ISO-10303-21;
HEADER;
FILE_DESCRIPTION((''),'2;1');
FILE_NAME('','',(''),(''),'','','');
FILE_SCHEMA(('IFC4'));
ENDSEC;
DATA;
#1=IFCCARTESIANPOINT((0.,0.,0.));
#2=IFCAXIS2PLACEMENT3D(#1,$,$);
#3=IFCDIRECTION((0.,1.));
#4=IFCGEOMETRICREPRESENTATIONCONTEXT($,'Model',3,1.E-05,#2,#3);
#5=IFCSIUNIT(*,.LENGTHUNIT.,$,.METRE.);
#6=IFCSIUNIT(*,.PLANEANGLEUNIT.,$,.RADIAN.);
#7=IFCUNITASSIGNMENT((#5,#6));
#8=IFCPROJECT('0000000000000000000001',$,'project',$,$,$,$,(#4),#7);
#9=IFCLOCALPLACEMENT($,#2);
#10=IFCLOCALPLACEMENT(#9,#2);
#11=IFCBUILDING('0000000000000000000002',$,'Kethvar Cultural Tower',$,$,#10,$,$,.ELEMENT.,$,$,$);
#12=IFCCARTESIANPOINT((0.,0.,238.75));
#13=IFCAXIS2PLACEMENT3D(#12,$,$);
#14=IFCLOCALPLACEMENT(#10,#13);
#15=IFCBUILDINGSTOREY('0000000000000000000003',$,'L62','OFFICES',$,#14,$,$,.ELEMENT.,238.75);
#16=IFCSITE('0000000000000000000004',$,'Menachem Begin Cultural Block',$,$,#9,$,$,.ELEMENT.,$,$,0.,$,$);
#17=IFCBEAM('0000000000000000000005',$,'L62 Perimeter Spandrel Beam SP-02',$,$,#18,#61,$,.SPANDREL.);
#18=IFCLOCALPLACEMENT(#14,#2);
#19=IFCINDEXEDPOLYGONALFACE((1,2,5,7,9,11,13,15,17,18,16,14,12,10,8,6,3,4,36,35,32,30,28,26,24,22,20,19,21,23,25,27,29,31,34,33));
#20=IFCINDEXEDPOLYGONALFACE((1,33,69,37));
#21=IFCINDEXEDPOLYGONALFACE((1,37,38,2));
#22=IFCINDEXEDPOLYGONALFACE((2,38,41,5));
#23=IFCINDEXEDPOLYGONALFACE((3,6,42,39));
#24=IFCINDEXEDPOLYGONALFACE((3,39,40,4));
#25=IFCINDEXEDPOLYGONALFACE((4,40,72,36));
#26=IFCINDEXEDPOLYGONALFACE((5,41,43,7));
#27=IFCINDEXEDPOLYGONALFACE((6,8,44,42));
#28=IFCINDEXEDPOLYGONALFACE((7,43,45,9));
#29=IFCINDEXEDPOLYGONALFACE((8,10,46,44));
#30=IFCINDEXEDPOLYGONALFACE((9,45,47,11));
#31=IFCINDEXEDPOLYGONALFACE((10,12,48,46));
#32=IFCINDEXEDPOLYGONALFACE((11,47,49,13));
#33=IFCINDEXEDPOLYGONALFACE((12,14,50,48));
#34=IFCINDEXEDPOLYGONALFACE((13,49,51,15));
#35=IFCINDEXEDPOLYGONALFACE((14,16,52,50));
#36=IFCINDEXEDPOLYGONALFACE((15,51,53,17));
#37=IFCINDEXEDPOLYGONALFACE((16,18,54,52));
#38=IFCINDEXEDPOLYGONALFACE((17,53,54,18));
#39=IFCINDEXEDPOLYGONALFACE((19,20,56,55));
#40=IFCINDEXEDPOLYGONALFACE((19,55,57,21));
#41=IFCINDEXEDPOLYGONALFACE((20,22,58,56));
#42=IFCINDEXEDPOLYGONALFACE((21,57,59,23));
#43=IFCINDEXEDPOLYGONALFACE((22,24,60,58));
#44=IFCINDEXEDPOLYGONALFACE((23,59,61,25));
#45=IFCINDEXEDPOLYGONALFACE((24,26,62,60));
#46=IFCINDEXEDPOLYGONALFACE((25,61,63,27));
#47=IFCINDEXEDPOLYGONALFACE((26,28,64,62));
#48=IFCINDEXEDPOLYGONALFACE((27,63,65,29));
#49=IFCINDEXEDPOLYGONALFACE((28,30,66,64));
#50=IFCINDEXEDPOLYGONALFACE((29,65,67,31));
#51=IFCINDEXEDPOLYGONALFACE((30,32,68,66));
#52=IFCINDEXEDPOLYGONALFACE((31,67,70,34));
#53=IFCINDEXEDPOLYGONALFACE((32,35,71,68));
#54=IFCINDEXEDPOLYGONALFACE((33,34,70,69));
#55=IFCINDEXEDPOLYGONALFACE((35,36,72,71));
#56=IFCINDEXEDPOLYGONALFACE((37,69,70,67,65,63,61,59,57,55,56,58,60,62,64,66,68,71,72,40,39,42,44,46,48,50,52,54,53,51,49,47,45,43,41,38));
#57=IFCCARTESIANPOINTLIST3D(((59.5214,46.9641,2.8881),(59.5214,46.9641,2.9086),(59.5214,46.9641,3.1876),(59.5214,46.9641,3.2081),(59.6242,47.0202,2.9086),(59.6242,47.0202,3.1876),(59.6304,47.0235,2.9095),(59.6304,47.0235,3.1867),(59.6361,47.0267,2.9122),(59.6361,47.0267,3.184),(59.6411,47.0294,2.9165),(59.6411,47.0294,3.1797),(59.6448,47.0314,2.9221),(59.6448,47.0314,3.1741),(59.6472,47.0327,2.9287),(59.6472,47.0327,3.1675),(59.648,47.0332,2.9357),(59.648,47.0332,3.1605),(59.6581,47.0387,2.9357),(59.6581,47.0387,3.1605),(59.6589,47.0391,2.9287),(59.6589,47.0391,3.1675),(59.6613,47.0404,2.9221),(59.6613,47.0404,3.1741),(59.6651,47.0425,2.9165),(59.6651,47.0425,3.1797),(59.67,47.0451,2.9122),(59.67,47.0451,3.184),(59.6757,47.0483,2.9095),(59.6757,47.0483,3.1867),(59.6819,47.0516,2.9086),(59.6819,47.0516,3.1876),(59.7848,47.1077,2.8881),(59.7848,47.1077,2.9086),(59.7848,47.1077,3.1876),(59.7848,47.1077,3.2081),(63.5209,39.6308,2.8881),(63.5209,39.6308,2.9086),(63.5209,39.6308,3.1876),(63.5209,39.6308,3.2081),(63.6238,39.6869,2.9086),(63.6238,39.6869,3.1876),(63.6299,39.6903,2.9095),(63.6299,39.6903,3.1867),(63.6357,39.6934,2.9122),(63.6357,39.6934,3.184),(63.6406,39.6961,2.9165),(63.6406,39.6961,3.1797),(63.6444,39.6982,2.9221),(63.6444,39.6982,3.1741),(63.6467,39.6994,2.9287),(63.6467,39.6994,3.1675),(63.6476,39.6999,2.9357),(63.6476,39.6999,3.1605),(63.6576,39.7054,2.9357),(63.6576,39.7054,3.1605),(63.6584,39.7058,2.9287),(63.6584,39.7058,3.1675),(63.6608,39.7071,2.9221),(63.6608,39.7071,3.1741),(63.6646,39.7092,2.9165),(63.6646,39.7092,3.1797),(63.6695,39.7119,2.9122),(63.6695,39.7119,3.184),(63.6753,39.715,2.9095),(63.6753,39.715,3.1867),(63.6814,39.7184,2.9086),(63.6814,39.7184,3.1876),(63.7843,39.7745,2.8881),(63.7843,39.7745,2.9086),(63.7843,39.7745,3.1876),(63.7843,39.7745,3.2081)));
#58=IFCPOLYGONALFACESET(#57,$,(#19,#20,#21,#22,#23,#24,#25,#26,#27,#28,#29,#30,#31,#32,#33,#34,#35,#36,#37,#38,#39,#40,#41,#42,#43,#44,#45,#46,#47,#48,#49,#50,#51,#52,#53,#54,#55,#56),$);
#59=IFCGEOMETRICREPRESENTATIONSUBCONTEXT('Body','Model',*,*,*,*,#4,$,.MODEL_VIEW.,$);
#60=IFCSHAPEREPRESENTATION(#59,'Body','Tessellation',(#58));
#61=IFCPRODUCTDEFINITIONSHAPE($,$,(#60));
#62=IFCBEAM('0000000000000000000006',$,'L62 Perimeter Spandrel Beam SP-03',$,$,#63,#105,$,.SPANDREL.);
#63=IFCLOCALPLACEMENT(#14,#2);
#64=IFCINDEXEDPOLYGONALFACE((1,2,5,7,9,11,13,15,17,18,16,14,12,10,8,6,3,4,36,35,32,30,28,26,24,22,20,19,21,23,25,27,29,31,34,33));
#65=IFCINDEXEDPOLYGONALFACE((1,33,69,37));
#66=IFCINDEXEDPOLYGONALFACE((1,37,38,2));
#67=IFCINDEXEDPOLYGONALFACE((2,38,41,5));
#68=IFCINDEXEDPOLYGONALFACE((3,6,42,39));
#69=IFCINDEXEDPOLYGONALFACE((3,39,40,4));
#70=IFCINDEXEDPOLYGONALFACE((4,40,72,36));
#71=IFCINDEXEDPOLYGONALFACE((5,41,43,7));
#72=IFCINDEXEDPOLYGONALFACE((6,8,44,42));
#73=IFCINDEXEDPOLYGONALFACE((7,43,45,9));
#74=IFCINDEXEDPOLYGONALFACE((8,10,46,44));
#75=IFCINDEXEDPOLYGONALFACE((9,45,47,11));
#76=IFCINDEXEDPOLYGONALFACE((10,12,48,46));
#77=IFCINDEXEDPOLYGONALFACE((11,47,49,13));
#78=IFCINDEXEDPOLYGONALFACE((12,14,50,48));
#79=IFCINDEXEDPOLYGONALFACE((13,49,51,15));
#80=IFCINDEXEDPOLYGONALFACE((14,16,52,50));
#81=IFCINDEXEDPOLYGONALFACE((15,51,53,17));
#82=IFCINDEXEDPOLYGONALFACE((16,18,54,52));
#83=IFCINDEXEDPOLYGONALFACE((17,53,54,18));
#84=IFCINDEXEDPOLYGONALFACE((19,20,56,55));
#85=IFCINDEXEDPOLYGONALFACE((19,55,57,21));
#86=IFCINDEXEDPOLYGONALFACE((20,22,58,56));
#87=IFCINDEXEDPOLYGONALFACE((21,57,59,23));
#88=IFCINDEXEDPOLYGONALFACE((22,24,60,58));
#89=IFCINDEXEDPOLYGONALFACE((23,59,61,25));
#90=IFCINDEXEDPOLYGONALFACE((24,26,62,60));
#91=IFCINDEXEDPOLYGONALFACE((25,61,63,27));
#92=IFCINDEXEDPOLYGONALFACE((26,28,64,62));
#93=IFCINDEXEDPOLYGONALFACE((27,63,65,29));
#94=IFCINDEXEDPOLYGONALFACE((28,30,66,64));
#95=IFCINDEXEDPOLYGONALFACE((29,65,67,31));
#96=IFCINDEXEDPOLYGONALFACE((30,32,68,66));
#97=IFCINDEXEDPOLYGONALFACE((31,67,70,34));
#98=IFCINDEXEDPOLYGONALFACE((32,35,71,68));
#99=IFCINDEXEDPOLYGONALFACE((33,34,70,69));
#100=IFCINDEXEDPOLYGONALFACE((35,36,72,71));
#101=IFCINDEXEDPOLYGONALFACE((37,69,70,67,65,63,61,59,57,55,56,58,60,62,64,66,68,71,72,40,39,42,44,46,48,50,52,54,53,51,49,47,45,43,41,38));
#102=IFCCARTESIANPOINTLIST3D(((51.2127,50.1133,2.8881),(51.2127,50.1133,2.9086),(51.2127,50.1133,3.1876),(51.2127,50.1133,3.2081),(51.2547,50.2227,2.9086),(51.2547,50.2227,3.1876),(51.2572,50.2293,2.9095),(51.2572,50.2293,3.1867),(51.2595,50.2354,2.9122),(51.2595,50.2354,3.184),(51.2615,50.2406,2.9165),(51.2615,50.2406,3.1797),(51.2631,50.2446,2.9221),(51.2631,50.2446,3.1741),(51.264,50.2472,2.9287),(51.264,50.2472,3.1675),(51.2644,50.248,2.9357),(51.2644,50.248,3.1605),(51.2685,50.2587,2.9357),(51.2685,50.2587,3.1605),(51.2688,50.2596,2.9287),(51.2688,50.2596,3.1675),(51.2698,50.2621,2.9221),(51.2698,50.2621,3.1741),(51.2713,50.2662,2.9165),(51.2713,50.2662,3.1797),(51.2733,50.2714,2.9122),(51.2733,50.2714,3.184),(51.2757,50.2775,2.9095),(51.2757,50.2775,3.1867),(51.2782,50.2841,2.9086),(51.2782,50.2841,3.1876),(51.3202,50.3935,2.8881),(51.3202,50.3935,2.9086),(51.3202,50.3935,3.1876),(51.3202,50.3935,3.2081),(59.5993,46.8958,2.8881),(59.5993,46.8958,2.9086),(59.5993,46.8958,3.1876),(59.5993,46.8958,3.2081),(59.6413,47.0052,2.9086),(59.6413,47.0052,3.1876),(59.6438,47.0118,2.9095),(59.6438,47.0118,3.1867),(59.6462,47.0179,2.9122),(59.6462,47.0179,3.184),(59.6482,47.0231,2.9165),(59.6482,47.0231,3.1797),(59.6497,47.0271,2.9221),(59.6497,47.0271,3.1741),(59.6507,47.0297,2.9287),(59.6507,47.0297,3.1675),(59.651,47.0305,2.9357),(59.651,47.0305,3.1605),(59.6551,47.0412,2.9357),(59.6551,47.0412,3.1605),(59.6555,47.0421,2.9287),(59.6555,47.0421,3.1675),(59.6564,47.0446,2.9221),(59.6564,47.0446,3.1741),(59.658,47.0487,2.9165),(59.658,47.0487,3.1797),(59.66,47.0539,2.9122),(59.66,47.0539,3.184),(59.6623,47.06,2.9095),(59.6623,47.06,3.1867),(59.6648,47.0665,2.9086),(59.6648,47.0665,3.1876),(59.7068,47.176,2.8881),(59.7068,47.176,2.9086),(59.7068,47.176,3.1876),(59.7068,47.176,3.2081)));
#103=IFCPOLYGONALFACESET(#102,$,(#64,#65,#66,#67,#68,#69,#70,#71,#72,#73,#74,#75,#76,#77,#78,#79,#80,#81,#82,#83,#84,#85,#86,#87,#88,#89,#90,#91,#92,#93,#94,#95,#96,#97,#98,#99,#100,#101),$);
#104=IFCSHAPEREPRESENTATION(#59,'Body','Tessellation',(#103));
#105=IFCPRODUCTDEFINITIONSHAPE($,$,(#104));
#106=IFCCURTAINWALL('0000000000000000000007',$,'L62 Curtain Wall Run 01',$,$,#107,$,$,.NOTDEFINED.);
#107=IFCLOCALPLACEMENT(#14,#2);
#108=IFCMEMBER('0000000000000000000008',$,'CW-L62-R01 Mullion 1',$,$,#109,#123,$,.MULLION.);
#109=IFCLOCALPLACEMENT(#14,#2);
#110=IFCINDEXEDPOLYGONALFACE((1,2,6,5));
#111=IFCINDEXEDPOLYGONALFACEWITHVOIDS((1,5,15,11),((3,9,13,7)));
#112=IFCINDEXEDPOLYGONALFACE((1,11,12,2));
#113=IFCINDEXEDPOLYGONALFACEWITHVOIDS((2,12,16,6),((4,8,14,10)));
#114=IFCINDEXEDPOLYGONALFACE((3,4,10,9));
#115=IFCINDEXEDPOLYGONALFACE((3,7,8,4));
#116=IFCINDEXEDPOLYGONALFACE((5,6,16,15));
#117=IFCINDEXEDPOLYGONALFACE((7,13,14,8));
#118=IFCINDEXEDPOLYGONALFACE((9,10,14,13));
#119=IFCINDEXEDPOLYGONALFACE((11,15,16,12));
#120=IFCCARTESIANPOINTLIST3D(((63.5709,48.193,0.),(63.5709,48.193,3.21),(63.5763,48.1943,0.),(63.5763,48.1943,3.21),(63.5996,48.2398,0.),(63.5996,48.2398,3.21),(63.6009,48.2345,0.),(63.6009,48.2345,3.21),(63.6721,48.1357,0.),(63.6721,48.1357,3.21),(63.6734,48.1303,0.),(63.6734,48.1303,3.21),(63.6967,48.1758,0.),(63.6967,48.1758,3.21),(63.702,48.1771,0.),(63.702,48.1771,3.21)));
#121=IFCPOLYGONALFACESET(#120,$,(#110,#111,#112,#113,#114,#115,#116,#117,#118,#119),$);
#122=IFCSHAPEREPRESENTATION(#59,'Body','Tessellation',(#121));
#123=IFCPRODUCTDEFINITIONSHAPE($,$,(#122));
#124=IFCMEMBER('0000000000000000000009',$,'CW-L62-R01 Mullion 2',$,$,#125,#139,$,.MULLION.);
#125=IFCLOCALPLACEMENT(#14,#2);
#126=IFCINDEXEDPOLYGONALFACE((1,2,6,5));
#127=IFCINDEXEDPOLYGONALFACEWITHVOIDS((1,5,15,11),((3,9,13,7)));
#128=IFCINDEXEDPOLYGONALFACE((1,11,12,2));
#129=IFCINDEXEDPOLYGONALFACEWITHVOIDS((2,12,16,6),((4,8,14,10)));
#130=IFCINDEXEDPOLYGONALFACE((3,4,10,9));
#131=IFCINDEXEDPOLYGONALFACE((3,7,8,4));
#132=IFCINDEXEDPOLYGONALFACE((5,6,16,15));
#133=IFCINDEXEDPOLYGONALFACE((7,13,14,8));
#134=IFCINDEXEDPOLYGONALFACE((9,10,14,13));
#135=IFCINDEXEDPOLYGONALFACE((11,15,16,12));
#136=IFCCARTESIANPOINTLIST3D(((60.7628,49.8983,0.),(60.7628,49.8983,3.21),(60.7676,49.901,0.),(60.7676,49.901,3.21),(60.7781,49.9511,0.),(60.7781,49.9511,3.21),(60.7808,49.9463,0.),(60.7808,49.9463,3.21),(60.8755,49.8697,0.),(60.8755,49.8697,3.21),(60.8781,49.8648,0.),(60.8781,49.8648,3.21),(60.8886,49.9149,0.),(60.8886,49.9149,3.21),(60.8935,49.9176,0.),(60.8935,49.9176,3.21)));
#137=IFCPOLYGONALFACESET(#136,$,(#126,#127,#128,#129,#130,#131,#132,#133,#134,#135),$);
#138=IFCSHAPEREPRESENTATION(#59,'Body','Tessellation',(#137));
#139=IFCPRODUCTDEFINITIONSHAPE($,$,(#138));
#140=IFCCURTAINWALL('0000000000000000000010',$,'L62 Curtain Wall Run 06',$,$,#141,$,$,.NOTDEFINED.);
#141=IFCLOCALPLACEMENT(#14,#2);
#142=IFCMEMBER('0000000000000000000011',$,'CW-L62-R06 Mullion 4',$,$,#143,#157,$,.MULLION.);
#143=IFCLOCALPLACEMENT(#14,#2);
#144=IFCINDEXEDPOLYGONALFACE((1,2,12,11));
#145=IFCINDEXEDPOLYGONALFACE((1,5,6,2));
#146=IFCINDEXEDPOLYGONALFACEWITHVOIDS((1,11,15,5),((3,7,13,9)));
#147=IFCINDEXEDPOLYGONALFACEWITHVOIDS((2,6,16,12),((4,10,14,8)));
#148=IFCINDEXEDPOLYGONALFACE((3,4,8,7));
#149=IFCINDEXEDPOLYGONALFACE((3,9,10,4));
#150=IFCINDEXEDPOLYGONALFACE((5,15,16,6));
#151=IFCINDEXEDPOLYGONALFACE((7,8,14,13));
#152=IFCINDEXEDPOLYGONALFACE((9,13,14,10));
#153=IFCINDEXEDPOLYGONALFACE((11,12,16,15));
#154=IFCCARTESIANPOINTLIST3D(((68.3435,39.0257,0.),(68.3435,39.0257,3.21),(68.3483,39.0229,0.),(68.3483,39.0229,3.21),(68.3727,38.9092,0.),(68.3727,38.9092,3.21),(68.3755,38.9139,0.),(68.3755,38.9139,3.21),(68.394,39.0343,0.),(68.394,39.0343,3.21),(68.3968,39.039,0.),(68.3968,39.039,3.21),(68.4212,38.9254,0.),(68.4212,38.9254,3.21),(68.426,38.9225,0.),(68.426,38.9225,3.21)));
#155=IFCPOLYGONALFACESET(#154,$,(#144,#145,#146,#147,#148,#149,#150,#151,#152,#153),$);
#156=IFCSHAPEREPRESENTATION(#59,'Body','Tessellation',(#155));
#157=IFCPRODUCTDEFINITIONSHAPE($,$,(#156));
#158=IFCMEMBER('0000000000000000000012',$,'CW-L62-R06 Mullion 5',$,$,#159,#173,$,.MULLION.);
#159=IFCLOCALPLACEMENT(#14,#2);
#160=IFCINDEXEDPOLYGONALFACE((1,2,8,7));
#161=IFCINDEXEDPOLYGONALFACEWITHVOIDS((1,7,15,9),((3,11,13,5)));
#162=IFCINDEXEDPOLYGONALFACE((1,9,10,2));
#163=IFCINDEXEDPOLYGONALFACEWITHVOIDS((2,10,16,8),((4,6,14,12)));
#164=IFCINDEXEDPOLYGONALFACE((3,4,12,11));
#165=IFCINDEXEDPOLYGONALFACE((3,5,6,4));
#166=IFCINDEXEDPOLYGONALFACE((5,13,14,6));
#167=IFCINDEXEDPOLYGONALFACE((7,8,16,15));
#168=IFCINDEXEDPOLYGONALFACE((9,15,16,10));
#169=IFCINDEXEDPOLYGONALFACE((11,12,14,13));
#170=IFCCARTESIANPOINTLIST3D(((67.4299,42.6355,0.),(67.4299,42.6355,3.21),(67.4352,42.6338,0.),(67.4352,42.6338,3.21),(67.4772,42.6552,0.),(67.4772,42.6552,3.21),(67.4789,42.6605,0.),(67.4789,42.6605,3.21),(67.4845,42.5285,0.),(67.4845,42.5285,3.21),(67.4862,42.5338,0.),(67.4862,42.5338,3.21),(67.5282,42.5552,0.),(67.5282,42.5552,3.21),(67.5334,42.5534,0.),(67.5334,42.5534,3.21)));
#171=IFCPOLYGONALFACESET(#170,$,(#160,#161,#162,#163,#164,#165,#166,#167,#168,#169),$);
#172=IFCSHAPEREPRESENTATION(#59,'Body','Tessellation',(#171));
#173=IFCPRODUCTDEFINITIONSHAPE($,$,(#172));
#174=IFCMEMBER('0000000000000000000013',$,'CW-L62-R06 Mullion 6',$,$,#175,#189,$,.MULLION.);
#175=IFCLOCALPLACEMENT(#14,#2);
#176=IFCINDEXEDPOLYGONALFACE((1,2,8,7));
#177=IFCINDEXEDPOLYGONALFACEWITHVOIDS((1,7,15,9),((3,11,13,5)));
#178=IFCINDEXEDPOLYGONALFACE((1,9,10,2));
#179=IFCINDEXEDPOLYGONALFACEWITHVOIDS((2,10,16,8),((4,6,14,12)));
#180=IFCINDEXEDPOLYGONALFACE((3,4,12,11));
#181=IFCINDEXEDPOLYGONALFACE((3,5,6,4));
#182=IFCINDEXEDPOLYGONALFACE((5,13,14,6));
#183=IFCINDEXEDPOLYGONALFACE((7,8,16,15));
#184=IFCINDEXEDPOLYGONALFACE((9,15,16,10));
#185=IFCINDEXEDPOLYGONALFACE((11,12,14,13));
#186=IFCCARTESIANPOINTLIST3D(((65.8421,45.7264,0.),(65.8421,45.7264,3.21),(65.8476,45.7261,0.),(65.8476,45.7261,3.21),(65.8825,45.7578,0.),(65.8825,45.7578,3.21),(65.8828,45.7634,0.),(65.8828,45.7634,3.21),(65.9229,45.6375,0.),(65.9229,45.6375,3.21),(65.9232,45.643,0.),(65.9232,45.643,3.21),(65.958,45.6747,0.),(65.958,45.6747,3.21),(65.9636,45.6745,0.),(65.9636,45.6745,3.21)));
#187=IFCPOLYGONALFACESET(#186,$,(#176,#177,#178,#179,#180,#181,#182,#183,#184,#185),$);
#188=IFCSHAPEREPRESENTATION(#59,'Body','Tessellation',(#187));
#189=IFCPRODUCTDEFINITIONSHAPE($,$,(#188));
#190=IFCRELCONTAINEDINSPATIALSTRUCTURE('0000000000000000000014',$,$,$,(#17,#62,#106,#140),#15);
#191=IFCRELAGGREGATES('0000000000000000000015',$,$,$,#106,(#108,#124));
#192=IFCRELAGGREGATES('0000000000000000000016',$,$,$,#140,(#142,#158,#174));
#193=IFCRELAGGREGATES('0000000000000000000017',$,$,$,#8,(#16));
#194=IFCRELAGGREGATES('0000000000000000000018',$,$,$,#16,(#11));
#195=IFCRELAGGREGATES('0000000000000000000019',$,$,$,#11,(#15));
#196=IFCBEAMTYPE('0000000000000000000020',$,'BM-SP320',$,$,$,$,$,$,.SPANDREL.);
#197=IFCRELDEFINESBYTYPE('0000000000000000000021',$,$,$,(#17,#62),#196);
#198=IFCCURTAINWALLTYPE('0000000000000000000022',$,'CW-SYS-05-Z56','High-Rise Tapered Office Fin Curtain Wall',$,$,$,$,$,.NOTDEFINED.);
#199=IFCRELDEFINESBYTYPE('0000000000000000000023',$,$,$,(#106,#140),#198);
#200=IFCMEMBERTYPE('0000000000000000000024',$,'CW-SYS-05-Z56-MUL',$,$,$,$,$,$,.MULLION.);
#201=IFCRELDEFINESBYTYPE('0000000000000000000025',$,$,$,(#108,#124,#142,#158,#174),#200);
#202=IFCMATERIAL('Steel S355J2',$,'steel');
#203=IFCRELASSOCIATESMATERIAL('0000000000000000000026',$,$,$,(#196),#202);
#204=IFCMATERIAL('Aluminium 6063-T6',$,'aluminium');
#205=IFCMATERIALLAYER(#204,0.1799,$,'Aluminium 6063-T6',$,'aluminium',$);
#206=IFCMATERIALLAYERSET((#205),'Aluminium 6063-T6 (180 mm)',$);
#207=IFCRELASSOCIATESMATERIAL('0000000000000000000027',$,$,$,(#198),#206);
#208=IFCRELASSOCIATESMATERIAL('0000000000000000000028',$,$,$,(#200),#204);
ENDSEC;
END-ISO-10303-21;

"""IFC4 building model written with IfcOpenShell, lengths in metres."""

from ifc_helpers import new_model, si_unit, direction, frame, origin, origin_2d, place, context, subcontext, project, spatial, hollow_rectangle, i_section, extrude, source, transform, mapped, material, layer, layer_set, material_profile, profile_set, type_object, element, aggregate, save


model = new_model("IFC4")

# Units and contexts
model_context = context("Model", 3, precision=1e-05, world=origin(), true_north=direction((0.0, 1.0)))
body_context = subcontext(model_context, "Body", "Model", "MODEL_VIEW")
ifc_project = project(units=[si_unit("LENGTHUNIT", "METRE"), si_unit("PLANEANGLEUNIT", "RADIAN")], contexts=[model_context])

# Site, building, storey
site_placement = place(None, origin())
site = spatial("IfcSite", under=ifc_project, at=site_placement, Name="Menachem Begin Cultural Block", CompositionType="ELEMENT", RefElevation=0.0)
building_placement = place(site_placement, origin())
building = spatial("IfcBuilding", under=site, at=building_placement, Name="Kethvar Cultural Tower", CompositionType="ELEMENT")
storey_placement = place(building_placement, frame((0.0, 0.0, 238.75)))
storey = spatial("IfcBuildingStorey", under=building, at=storey_placement, Name="L62", Description="OFFICES", CompositionType="ELEMENT", Elevation=238.75)

# Beams
ifc_material_1 = material(Name="Steel S355J2", Category="steel")
ifc_material_profile_1 = material_profile(ifc_material_1, i_section(OverallWidth=0.3, OverallDepth=0.3201, WebThickness=0.0115, FlangeThickness=0.0205, FilletRadius=0.0271, at=origin_2d()), Name="Steel S355J2 — HEB320")
ifc_profile_set_1 = profile_set([ifc_material_profile_1], Name="Steel S355J2 — HEB320")
beam_type = type_object("IfcBeamType", Name="BM-SP320", PredefinedType="SPANDREL", material=ifc_profile_set_1)
shared_shape_1 = source(origin(), body_context, "Body", "SweptSolid", [
    extrude(i_section(OverallWidth=0.3, OverallDepth=0.3201, WebThickness=0.0115, FlangeThickness=0.0205, FilletRadius=0.0271, at=origin_2d()), origin(), (0.0, 0.0, 1.0), 8.353),
])
beam_1_placement = place(storey_placement, frame((63.6526, 39.7026, 3.0481), z_axis=(-0.478811, 0.877918, 0.0), x_axis=(-0.877918, -0.478811, 0.0)))
element("IfcBeam", 1, at=beam_1_placement, inside=storey, type_object=beam_type, Name="L62 Perimeter Spandrel Beam SP-02", PredefinedType="SPANDREL", context=body_context, shape_type="MappedRepresentation", body=[
    mapped(shared_shape_1, transform((0.0, 0.0, 0.0), scale=1.0)),
])
shared_shape_2 = source(origin(), body_context, "Body", "SweptSolid", [
    extrude(i_section(OverallWidth=0.3, OverallDepth=0.3201, WebThickness=0.0115, FlangeThickness=0.0205, FilletRadius=0.0271, at=origin_2d()), origin(), (0.0, 0.0, 1.0), 8.9827),
])
beam_2_placement = place(storey_placement, frame((59.6531, 47.0359, 3.0481), z_axis=(-0.933649, 0.35819, 0.0), x_axis=(-0.35819, -0.933649, 0.0)))
element("IfcBeam", 2, at=beam_2_placement, inside=storey, type_object=beam_type, Name="L62 Perimeter Spandrel Beam SP-03", PredefinedType="SPANDREL", context=body_context, shape_type="MappedRepresentation", body=[
    mapped(shared_shape_2, transform((0.0, 0.0, 0.0), scale=1.0)),
])

# Curtain walls, members
ifc_material_2 = material(Name="Aluminium 6063-T6", Category="aluminium")
ifc_layer_1 = layer(ifc_material_2, 0.1799, Name="Aluminium 6063-T6", Category="aluminium")
ifc_layer_set_1 = layer_set([ifc_layer_1], Name="Aluminium 6063-T6 (180 mm)")
curtain_wall_type = type_object("IfcCurtainWallType", Name="CW-SYS-05-Z56", Description="High-Rise Tapered Office Fin Curtain Wall", PredefinedType="NOTDEFINED", material=ifc_layer_set_1)
curtain_wall_1_placement = place(storey_placement, origin())
curtain_wall_1 = element("IfcCurtainWall", 3, at=curtain_wall_1_placement, inside=storey, type_object=curtain_wall_type, Name="L62 Curtain Wall Run 01", PredefinedType="NOTDEFINED")
ifc_material_profile_2 = material_profile(ifc_material_2, hollow_rectangle(XDim=0.0549, YDim=0.1201, WallThickness=0.0039, at=origin_2d()), Name="Aluminium 6063-T6 — RHS120x55x4")
ifc_profile_set_2 = profile_set([ifc_material_profile_2], Name="Aluminium 6063-T6 — RHS120x55x4")
member_type_1 = type_object("IfcMemberType", Name="CW-SYS-05-Z56-MUL", PredefinedType="MULLION", material=ifc_profile_set_2)
shared_shape_3 = source(origin(), body_context, "Body", "SweptSolid", [
    extrude(hollow_rectangle(XDim=0.0549, YDim=0.1201, WallThickness=0.0039, at=origin_2d()), origin(), (0.0, 0.0, 1.0), 3.21),
])
member_1_placement = place(storey_placement, frame((63.6365, 48.1851, 0.0), z_axis=(0.0, 0.0, 1.0), x_axis=(-0.522037, -0.852923, 0.0)))
member_1 = element("IfcMember", 4, at=member_1_placement, type_object=member_type_1, Name="CW-L62-R01 Mullion 1", PredefinedType="MULLION", context=body_context, shape_type="MappedRepresentation", body=[
    mapped(shared_shape_3, transform((0.0, 0.0, 0.0), scale=1.0)),
])
member_2_placement = place(storey_placement, frame((60.8281, 49.908, 0.0), z_axis=(0.0, 0.0, 1.0), x_axis=(-0.279108, -0.96026, 0.0)))
member_2 = element("IfcMember", 5, at=member_2_placement, type_object=member_type_1, Name="CW-L62-R01 Mullion 2", PredefinedType="MULLION", context=body_context, shape_type="MappedRepresentation", body=[
    mapped(shared_shape_3, transform((0.0, 0.0, 0.0), scale=1.0)),
])
curtain_wall_2_placement = place(storey_placement, origin())
curtain_wall_2 = element("IfcCurtainWall", 6, at=curtain_wall_2_placement, inside=storey, type_object=curtain_wall_type, Name="L62 Curtain Wall Run 06", PredefinedType="NOTDEFINED")
member_3_placement = place(storey_placement, frame((68.3848, 38.9741, 0.0), z_axis=(0.0, 0.0, 1.0), x_axis=(-0.97011, -0.242667, 0.0)))
member_3 = element("IfcMember", 7, at=member_3_placement, type_object=member_type_1, Name="CW-L62-R06 Mullion 4", PredefinedType="MULLION", context=body_context, shape_type="MappedRepresentation", body=[
    mapped(shared_shape_3, transform((0.0, 0.0, 0.0), scale=1.0)),
])
member_4_placement = place(storey_placement, frame((67.4817, 42.5945, 0.0), z_axis=(0.0, 0.0, 1.0), x_axis=(-0.890951, -0.454099, 0.0)))
member_4 = element("IfcMember", 8, at=member_4_placement, type_object=member_type_1, Name="CW-L62-R06 Mullion 5", PredefinedType="MULLION", context=body_context, shape_type="MappedRepresentation", body=[
    mapped(shared_shape_3, transform((0.0, 0.0, 0.0), scale=1.0)),
])
member_5_placement = place(storey_placement, frame((65.9028, 45.7004, 0.0), z_axis=(0.0, 0.0, 1.0), x_axis=(-0.739995, -0.672612, 0.0)))
member_5 = element("IfcMember", 9, at=member_5_placement, type_object=member_type_1, Name="CW-L62-R06 Mullion 6", PredefinedType="MULLION", context=body_context, shape_type="MappedRepresentation", body=[
    mapped(shared_shape_3, transform((0.0, 0.0, 0.0), scale=1.0)),
])

aggregate(curtain_wall_1, [member_1, member_2])
aggregate(curtain_wall_2, [member_3, member_4, member_5])

save(model, "model.ifc")
